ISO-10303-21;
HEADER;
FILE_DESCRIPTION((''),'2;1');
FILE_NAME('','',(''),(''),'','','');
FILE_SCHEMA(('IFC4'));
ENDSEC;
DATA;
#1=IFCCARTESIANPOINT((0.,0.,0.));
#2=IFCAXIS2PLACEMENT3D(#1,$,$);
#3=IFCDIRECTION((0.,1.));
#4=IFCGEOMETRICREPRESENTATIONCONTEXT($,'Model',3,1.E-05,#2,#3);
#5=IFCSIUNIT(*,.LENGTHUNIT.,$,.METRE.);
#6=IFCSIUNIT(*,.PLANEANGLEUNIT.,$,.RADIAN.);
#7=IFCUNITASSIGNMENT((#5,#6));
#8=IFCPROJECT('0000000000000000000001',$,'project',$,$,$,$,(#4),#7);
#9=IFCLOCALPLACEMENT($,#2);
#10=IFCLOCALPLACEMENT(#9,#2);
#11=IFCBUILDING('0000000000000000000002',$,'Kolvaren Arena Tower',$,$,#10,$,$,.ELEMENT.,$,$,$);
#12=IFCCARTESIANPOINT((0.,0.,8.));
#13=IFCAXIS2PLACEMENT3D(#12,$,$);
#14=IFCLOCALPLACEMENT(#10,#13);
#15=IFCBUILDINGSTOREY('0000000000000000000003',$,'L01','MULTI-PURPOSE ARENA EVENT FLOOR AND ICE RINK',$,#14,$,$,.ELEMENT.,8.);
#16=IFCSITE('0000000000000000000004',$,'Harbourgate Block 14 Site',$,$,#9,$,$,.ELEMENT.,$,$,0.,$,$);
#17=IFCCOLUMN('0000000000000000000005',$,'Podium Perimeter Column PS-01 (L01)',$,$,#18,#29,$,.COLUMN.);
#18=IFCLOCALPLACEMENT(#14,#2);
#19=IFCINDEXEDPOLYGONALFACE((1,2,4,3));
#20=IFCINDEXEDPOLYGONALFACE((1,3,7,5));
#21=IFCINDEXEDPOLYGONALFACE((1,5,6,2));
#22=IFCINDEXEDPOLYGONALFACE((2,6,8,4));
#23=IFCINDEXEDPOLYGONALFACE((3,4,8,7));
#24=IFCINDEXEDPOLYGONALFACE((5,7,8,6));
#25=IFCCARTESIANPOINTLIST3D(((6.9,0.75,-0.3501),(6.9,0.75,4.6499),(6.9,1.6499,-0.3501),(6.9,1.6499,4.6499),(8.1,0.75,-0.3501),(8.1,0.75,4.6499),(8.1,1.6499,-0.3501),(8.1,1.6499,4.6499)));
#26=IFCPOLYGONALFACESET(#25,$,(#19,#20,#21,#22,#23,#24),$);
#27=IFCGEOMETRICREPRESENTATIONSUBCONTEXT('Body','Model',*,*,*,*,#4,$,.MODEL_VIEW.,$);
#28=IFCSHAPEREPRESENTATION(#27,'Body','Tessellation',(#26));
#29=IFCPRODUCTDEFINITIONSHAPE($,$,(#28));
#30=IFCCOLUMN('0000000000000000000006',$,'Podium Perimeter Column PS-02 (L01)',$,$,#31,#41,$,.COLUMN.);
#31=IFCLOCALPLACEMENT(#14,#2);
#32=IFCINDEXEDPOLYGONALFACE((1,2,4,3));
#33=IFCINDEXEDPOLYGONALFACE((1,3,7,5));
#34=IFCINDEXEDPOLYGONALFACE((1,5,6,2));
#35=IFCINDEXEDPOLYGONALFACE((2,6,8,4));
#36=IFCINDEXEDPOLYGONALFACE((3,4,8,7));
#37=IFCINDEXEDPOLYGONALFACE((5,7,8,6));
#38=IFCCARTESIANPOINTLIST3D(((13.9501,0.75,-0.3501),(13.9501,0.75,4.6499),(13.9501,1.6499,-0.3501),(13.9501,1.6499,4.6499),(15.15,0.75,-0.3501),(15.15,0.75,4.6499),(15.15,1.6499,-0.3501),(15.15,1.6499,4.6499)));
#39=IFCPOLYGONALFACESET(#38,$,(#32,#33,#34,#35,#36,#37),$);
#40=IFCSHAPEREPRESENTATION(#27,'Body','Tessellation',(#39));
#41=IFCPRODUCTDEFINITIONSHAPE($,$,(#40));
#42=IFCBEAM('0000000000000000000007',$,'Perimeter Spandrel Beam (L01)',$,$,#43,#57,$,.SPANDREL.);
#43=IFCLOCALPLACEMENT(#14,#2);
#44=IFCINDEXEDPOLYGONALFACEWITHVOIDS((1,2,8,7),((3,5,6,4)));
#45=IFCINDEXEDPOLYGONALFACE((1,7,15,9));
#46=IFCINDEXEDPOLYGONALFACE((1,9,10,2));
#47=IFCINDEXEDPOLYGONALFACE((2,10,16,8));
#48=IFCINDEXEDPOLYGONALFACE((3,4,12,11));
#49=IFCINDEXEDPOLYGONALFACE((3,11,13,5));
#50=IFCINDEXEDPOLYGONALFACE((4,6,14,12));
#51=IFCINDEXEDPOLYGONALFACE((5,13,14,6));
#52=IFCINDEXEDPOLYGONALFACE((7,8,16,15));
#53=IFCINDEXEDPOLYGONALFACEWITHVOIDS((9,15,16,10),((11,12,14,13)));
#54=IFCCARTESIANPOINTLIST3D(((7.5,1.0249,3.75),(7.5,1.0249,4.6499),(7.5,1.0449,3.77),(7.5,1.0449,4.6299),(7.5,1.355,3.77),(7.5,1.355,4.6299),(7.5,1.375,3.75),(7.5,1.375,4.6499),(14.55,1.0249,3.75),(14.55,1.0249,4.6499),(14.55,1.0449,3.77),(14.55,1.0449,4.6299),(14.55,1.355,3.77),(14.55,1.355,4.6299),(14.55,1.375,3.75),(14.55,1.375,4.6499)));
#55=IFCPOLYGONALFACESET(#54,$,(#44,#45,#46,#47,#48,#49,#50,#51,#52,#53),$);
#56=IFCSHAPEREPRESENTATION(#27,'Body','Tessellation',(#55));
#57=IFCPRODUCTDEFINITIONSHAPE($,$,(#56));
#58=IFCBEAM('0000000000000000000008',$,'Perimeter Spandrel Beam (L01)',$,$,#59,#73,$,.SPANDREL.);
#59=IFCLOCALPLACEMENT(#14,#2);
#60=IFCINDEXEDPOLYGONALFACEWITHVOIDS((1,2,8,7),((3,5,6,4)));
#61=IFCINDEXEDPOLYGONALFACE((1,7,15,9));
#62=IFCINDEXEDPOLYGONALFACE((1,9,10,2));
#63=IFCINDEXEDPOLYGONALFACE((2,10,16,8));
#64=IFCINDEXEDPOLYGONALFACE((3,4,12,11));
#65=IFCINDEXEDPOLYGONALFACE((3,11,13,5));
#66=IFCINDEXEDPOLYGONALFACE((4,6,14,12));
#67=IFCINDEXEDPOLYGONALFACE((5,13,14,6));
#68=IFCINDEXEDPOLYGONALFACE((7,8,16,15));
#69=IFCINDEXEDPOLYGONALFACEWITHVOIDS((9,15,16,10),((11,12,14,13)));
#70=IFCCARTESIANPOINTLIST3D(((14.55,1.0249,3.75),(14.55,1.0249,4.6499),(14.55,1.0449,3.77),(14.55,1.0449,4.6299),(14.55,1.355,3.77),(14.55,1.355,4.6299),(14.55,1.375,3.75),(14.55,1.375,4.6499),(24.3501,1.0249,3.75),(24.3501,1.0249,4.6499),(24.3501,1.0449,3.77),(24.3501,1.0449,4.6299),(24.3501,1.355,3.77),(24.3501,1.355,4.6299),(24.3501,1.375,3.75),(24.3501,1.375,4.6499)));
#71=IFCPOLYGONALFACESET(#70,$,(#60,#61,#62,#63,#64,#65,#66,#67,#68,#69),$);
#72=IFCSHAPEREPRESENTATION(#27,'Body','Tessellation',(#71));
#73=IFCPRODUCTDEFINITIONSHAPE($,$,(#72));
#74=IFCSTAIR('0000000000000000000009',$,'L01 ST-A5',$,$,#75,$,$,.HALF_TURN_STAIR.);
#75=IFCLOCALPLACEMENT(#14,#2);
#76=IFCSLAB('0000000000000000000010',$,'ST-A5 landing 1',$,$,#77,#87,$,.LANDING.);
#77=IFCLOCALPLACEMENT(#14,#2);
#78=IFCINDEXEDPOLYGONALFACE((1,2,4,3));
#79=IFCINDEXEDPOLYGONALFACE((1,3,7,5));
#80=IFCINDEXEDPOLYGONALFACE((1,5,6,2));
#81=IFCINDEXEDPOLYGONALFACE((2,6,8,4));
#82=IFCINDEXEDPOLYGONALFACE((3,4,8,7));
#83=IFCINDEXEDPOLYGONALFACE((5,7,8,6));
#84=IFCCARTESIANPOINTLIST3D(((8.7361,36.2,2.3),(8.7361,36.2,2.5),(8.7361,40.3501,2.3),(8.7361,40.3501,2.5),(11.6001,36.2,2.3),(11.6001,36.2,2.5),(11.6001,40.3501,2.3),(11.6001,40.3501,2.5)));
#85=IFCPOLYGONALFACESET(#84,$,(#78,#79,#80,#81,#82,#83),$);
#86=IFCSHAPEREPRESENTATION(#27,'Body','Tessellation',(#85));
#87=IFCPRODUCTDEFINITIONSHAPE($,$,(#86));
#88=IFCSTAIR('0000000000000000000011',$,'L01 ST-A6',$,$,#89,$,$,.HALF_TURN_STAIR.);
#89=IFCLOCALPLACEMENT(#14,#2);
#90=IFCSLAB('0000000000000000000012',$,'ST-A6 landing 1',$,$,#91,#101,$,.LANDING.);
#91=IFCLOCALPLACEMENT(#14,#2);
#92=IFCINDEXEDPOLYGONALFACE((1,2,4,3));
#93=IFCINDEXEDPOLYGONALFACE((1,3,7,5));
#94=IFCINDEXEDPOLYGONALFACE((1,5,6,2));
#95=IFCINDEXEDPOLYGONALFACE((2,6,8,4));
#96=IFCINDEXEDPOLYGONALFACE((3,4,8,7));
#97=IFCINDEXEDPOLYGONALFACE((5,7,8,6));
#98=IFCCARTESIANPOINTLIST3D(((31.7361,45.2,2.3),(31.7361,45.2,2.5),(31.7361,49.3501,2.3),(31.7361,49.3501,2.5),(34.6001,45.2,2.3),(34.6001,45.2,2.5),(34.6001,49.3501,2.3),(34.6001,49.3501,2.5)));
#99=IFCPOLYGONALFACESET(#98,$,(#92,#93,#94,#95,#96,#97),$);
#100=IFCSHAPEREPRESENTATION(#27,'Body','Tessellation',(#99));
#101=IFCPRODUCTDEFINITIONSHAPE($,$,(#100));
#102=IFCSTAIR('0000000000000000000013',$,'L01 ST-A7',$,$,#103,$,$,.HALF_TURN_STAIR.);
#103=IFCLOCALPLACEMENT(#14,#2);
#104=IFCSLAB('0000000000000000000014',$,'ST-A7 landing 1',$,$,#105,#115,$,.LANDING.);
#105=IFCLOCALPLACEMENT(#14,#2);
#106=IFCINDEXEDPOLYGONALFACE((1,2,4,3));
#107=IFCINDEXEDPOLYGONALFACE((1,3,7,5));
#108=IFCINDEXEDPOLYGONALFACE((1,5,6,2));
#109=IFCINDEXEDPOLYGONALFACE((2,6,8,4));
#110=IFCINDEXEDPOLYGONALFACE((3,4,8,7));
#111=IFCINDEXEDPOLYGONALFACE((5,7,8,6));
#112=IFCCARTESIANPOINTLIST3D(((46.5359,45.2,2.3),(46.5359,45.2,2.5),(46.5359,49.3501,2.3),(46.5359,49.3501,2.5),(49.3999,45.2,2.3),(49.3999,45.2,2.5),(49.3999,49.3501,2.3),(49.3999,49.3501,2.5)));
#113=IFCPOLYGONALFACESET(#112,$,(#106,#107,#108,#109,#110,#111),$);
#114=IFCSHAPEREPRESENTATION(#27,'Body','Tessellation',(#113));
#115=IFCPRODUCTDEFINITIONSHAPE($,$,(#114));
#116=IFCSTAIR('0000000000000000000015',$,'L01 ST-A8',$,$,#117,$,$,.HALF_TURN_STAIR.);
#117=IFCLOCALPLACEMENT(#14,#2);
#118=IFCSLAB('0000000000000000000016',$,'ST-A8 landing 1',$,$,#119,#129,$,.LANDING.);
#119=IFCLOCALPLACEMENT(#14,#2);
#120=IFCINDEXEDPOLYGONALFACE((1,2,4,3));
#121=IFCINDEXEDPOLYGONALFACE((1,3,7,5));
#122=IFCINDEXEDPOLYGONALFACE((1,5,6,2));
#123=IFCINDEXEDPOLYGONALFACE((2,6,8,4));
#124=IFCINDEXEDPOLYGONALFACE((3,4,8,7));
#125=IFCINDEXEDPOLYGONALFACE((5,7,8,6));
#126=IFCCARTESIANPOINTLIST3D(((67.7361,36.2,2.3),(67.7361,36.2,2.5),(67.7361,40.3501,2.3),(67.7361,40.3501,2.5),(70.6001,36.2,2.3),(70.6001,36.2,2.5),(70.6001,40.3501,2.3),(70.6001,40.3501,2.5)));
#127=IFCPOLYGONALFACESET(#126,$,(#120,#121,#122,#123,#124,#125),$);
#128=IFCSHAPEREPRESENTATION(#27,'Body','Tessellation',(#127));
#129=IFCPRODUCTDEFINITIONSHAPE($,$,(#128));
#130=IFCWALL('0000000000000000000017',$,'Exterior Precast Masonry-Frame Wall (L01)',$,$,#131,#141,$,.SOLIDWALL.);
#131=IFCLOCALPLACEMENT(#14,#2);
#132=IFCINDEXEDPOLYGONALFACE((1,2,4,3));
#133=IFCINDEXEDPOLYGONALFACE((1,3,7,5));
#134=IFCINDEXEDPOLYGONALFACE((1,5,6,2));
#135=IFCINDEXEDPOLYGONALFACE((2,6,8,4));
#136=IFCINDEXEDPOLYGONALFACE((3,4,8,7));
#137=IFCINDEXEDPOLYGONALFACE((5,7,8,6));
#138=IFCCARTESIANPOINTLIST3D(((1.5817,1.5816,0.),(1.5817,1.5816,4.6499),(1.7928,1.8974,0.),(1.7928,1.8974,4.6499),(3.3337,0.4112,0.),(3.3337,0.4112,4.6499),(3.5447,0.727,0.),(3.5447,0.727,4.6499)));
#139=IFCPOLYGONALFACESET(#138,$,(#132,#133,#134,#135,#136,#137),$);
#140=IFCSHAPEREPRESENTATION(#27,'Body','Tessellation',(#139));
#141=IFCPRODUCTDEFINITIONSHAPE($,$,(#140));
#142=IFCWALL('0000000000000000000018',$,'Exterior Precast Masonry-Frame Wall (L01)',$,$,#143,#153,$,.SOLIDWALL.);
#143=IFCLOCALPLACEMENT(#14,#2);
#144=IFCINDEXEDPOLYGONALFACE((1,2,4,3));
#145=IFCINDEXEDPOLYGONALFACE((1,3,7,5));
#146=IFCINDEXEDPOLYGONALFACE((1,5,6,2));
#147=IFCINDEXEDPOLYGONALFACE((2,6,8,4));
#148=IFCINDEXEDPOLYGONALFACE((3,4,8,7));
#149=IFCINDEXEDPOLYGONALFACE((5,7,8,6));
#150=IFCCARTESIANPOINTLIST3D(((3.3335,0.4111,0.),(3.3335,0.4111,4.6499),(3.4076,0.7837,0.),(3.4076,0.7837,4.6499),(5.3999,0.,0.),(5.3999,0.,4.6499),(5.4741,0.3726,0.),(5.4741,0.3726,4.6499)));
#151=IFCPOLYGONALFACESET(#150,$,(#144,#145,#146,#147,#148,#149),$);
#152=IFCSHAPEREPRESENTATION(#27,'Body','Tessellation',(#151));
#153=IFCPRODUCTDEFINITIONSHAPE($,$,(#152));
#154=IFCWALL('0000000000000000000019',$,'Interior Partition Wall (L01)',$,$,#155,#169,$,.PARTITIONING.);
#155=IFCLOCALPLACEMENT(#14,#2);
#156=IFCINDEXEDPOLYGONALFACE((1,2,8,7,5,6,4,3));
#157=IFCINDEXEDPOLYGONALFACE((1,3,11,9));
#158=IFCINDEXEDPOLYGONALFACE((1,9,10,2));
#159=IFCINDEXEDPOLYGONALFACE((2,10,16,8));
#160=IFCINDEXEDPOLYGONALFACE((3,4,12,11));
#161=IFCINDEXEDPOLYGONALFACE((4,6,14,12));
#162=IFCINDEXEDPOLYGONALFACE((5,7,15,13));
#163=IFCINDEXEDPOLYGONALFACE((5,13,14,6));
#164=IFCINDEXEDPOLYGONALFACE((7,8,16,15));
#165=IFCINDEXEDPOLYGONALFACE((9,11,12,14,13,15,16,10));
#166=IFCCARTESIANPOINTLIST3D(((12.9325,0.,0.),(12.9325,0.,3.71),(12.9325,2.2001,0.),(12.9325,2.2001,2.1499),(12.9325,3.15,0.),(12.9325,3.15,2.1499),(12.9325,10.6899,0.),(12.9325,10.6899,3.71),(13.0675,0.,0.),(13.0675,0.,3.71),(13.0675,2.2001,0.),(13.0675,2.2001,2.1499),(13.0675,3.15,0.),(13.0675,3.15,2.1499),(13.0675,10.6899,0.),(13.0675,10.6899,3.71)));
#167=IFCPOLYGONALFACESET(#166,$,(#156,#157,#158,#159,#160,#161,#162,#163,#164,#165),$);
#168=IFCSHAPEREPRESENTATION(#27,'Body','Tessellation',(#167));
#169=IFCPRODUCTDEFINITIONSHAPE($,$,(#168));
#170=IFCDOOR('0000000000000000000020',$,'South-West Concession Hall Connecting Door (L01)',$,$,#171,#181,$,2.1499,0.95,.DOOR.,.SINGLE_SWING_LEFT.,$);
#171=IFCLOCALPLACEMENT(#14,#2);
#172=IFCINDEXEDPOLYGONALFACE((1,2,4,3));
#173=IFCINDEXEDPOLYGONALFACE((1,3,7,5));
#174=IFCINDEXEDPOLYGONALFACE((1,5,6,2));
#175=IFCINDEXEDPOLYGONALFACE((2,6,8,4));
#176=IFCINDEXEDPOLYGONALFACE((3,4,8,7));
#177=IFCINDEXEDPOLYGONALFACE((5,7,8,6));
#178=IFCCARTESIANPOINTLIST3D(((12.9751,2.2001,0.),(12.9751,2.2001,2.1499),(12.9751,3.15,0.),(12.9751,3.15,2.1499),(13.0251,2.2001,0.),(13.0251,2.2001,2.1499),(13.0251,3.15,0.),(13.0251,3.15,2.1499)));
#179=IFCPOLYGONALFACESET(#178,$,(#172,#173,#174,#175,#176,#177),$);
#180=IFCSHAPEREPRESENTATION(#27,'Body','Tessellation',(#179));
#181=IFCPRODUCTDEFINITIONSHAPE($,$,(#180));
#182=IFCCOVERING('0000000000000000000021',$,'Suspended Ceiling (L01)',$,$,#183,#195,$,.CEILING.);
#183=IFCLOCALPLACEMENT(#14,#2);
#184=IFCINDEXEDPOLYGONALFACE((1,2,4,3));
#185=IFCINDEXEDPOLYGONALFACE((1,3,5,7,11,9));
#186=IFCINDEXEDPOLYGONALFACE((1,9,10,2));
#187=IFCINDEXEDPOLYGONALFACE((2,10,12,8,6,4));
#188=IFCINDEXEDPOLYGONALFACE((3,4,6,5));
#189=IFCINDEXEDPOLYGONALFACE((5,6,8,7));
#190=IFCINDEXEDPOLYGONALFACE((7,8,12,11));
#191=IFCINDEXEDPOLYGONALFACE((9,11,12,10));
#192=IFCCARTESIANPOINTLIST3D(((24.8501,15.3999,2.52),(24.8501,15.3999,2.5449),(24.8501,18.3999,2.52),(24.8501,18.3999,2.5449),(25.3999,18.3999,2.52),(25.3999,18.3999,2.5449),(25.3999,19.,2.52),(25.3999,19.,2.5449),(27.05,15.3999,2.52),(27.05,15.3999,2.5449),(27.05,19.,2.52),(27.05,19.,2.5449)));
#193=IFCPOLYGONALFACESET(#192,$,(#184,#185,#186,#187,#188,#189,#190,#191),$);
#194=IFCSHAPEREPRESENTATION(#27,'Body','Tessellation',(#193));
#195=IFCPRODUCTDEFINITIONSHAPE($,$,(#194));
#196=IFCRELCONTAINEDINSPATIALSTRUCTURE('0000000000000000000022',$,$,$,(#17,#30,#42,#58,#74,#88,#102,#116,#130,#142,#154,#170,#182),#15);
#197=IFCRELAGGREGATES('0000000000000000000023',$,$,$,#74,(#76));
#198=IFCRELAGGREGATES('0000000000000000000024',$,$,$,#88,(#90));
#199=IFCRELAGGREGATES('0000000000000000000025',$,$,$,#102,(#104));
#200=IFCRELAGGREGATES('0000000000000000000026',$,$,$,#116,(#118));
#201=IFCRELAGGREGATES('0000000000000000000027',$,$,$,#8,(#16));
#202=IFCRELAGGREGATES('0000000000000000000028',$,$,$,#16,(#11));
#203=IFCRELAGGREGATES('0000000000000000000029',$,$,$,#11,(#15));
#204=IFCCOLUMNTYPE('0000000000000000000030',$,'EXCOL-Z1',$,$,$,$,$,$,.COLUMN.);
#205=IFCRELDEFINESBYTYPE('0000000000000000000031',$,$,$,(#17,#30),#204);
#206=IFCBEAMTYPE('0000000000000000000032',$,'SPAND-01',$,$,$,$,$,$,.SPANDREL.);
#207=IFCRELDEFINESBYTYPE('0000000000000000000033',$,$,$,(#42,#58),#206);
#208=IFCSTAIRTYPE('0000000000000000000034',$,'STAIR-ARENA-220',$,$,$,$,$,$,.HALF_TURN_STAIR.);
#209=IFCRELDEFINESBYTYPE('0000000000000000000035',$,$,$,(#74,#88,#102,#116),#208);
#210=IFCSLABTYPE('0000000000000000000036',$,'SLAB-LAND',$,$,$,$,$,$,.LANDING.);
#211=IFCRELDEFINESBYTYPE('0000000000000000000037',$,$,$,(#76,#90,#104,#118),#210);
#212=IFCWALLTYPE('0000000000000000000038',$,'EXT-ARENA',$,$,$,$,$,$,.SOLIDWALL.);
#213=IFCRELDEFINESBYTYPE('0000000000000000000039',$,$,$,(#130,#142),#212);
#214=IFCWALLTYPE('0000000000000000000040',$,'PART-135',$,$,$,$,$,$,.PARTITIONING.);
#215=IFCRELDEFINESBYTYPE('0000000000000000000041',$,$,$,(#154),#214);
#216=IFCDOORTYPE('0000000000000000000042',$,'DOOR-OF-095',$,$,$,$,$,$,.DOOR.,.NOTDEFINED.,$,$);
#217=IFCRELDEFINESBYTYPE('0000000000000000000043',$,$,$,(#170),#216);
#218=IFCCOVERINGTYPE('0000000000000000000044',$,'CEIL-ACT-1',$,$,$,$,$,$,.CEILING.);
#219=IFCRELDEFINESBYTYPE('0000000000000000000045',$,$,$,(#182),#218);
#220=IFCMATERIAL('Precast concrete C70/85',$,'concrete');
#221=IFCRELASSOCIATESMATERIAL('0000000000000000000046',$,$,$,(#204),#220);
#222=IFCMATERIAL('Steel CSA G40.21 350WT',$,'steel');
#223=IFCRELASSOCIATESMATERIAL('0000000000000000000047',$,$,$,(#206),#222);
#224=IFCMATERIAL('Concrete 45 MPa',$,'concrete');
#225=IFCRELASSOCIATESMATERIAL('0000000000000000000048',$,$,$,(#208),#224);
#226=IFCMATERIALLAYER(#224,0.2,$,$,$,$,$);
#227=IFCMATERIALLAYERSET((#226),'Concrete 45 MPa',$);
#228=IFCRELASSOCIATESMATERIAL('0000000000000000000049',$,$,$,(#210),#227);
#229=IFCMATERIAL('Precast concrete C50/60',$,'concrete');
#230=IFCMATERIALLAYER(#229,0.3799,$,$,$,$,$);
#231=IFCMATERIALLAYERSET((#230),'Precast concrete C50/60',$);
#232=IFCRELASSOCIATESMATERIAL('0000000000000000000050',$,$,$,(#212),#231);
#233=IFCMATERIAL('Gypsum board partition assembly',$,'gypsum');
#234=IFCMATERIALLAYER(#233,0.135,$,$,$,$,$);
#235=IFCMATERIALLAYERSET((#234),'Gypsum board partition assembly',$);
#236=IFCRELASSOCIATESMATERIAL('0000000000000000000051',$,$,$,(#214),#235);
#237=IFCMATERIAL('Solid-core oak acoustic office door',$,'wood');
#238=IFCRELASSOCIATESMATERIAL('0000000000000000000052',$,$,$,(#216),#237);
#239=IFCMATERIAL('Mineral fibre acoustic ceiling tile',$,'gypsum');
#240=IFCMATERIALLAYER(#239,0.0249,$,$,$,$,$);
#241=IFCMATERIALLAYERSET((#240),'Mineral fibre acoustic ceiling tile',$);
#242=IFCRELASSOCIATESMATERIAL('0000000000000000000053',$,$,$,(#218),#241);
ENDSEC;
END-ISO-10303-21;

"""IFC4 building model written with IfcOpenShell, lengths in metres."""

from ifc_helpers import new_model, si_unit, direction, frame, frame_2d, origin, origin_2d, place, context, subcontext, project, spatial, polyline, rectangle, hollow_rectangle, outline, extrude, material, layer, layer_set, material_profile, profile_set, type_object, element, fill, aggregate, save


model = new_model("IFC4")

# Units and contexts
model_context = context("Model", 3, precision=1e-05, world=origin(), true_north=direction((0.0, 1.0)))
body_context = subcontext(model_context, "Body", "Model", "MODEL_VIEW")
ifc_project = project(units=[si_unit("LENGTHUNIT", "METRE"), si_unit("PLANEANGLEUNIT", "RADIAN")], contexts=[model_context])

# Site, building, storey
site_placement = place(None, origin())
site = spatial("IfcSite", under=ifc_project, at=site_placement, Name="Harbourgate Block 14 Site", CompositionType="ELEMENT", RefElevation=0.0)
building_placement = place(site_placement, origin())
building = spatial("IfcBuilding", under=site, at=building_placement, Name="Kolvaren Arena Tower", CompositionType="ELEMENT")
storey_placement = place(building_placement, frame((0.0, 0.0, 8.0)))
storey = spatial("IfcBuildingStorey", under=building, at=storey_placement, Name="L01", Description="MULTI-PURPOSE ARENA EVENT FLOOR AND ICE RINK", CompositionType="ELEMENT", Elevation=8.0)

# Columns
ifc_material_1 = material(Name="Precast concrete C70/85", Category="concrete")
ifc_material_profile_1 = material_profile(ifc_material_1, rectangle(XDim=1.2, YDim=0.8999, at=origin_2d()), Name="RC-1200x900")
ifc_profile_set_1 = profile_set([ifc_material_profile_1], Name="Precast concrete C70/85")
column_type = type_object("IfcColumnType", Name="EXCOL-Z1", PredefinedType="COLUMN", material=ifc_profile_set_1)
for number, where, z_axis, x_axis, name in (
    (1, (7.5, 1.2, -0.3501), (0.0, 0.0, 1.0), (1.0, 0.0, 0.0), "Podium Perimeter Column PS-01 (L01)"),
    (2, (14.55, 1.2, -0.3501), (0.0, 0.0, 1.0), (1.0, 0.0, 0.0), "Podium Perimeter Column PS-02 (L01)"),
):
    element("IfcColumn", number, at=place(storey_placement, frame(where, z_axis=z_axis, x_axis=x_axis)), inside=storey, type_object=column_type, Name=name, PredefinedType="COLUMN", context=body_context, shape_type="SweptSolid", body=[
        extrude(rectangle(XDim=1.2, YDim=0.8999, at=origin_2d()), origin(), (0.0, 0.0, 1.0), 5.0),
    ])

# Beams
ifc_material_2 = material(Name="Steel CSA G40.21 350WT", Category="steel")
ifc_material_profile_2 = material_profile(ifc_material_2, hollow_rectangle(XDim=0.3501, YDim=0.8999, WallThickness=0.02, at=origin_2d()), Name="HSS 900x350x20")
ifc_profile_set_2 = profile_set([ifc_material_profile_2], Name="Steel CSA G40.21 350WT")
beam_type = type_object("IfcBeamType", Name="SPAND-01", PredefinedType="SPANDREL", material=ifc_profile_set_2)
beam_1_placement = place(storey_placement, frame((7.5, 1.2, 4.2), z_axis=(1.0, 0.0, 0.0), x_axis=(0.0, 1.0, 0.0)))
element("IfcBeam", 3, at=beam_1_placement, inside=storey, type_object=beam_type, Name="Perimeter Spandrel Beam (L01)", PredefinedType="SPANDREL", context=body_context, shape_type="SweptSolid", body=[
    extrude(hollow_rectangle(XDim=0.3501, YDim=0.8999, WallThickness=0.02, at=origin_2d()), origin(), (0.0, 0.0, 1.0), 7.05),
])
beam_2_placement = place(storey_placement, frame((14.55, 1.2, 4.2), z_axis=(1.0, 0.0, 0.0), x_axis=(0.0, 1.0, 0.0)))
element("IfcBeam", 4, at=beam_2_placement, inside=storey, type_object=beam_type, Name="Perimeter Spandrel Beam (L01)", PredefinedType="SPANDREL", context=body_context, shape_type="SweptSolid", body=[
    extrude(hollow_rectangle(XDim=0.3501, YDim=0.8999, WallThickness=0.02, at=origin_2d()), origin(), (0.0, 0.0, 1.0), 9.8),
])

# Stairs, slabs
ifc_material_3 = material(Name="Concrete 45 MPa", Category="concrete")
stair_type = type_object("IfcStairType", Name="STAIR-ARENA-220", PredefinedType="HALF_TURN_STAIR", material=ifc_material_3)
stair_1_placement = place(storey_placement, origin())
stair_1 = element("IfcStair", 5, at=stair_1_placement, inside=storey, type_object=stair_type, Name="L01 ST-A5", PredefinedType="HALF_TURN_STAIR")
ifc_layer_1 = layer(ifc_material_3, 0.2)
ifc_layer_set_1 = layer_set([ifc_layer_1], Name="Concrete 45 MPa")
slab_type = type_object("IfcSlabType", Name="SLAB-LAND", PredefinedType="LANDING", material=ifc_layer_set_1)
slab_1_placement = place(storey_placement, frame((0.0, 0.0, 2.3)))
slab_1 = element("IfcSlab", 6, at=slab_1_placement, type_object=slab_type, Name="ST-A5 landing 1", PredefinedType="LANDING", context=body_context, shape_type="SweptSolid", body=[
    extrude(outline(polyline([(8.7361, 36.2), (11.6001, 36.2), (11.6001, 40.3501), (8.7361, 40.3501), (8.7361, 36.2)])), origin(), (0.0, 0.0, 1.0), 0.2),
])
aggregate(stair_1, [slab_1])
stair_2_placement = place(storey_placement, origin())
stair_2 = element("IfcStair", 7, at=stair_2_placement, inside=storey, type_object=stair_type, Name="L01 ST-A6", PredefinedType="HALF_TURN_STAIR")
slab_2_placement = place(storey_placement, frame((0.0, 0.0, 2.3)))
slab_2 = element("IfcSlab", 8, at=slab_2_placement, type_object=slab_type, Name="ST-A6 landing 1", PredefinedType="LANDING", context=body_context, shape_type="SweptSolid", body=[
    extrude(outline(polyline([(31.7361, 45.2), (34.6001, 45.2), (34.6001, 49.3501), (31.7361, 49.3501), (31.7361, 45.2)])), origin(), (0.0, 0.0, 1.0), 0.2),
])
aggregate(stair_2, [slab_2])
stair_3_placement = place(storey_placement, origin())
stair_3 = element("IfcStair", 9, at=stair_3_placement, inside=storey, type_object=stair_type, Name="L01 ST-A7", PredefinedType="HALF_TURN_STAIR")
slab_3_placement = place(storey_placement, frame((0.0, 0.0, 2.3)))
slab_3 = element("IfcSlab", 10, at=slab_3_placement, type_object=slab_type, Name="ST-A7 landing 1", PredefinedType="LANDING", context=body_context, shape_type="SweptSolid", body=[
    extrude(outline(polyline([(46.5359, 45.2), (49.3999, 45.2), (49.3999, 49.3501), (46.5359, 49.3501), (46.5359, 45.2)])), origin(), (0.0, 0.0, 1.0), 0.2),
])
aggregate(stair_3, [slab_3])
stair_4_placement = place(storey_placement, origin())
stair_4 = element("IfcStair", 11, at=stair_4_placement, inside=storey, type_object=stair_type, Name="L01 ST-A8", PredefinedType="HALF_TURN_STAIR")
slab_4_placement = place(storey_placement, frame((0.0, 0.0, 2.3)))
slab_4 = element("IfcSlab", 12, at=slab_4_placement, type_object=slab_type, Name="ST-A8 landing 1", PredefinedType="LANDING", context=body_context, shape_type="SweptSolid", body=[
    extrude(outline(polyline([(67.7361, 36.2), (70.6001, 36.2), (70.6001, 40.3501), (67.7361, 40.3501), (67.7361, 36.2)])), origin(), (0.0, 0.0, 1.0), 0.2),
])
aggregate(stair_4, [slab_4])

# Walls
ifc_material_4 = material(Name="Precast concrete C50/60", Category="concrete")
ifc_layer_2 = layer(ifc_material_4, 0.3799)
ifc_layer_set_2 = layer_set([ifc_layer_2], Name="Precast concrete C50/60")
wall_type_1 = type_object("IfcWallType", Name="EXT-ARENA", PredefinedType="SOLIDWALL", material=ifc_layer_set_2)
for number, where, z_axis, x_axis, name in (
    (13, (3.4392, 0.5691, 0.0), (0.0, 0.0, 1.0), (-0.831515, 0.555502, 0.0), "Exterior Precast Masonry-Frame Wall (L01)"),
    (14, (5.437, 0.1863, 0.0), (0.0, 0.0, 1.0), (-0.980776, 0.195136, 0.0), "Exterior Precast Masonry-Frame Wall (L01)"),
):
    element("IfcWall", number, at=place(storey_placement, frame(where, z_axis=z_axis, x_axis=x_axis)), inside=storey, type_object=wall_type_1, Name=name, PredefinedType="SOLIDWALL", context=body_context, shape_type="SweptSolid", body=[
        extrude(rectangle(XDim=2.1069, YDim=0.3799, at=frame_2d((1.0535, 0.0))), origin(), (0.0, 0.0, 1.0), 4.6499),
    ])

# Wall, opening, door
ifc_material_5 = material(Name="Gypsum board partition assembly", Category="gypsum")
ifc_layer_3 = layer(ifc_material_5, 0.135)
ifc_layer_set_3 = layer_set([ifc_layer_3], Name="Gypsum board partition assembly")
wall_type_2 = type_object("IfcWallType", Name="PART-135", PredefinedType="PARTITIONING", material=ifc_layer_set_3)
wall_placement = place(storey_placement, frame((13.0, 0.0, 0.0), z_axis=(0.0, 0.0, 1.0), x_axis=(0.0, 1.0, 0.0)))
wall = element("IfcWall", 15, at=wall_placement, inside=storey, type_object=wall_type_2, Name="Interior Partition Wall (L01)", PredefinedType="PARTITIONING", context=body_context, shape_type="SweptSolid", body=[
    extrude(rectangle(XDim=10.6899, YDim=0.135, at=frame_2d((5.345, 0.0))), origin(), (0.0, 0.0, 1.0), 3.71),
])
opening_placement = place(wall_placement, frame((2.2, 0.0, 0.0)))
opening = element("IfcOpeningElement", 16, at=opening_placement, cuts=wall, PredefinedType="OPENING", context=body_context, shape_type="SweptSolid", body=[
    extrude(rectangle(XDim=0.95, YDim=2.1499, at=frame_2d((0.4751, 1.075))), frame((0.0, 0.0774, 0.0), z_axis=(0.0, -1.0, 0.0), x_axis=(1.0, 0.0, 0.0)), (0.0, 0.0, 1.0), 0.155),
])
ifc_material_6 = material(Name="Solid-core oak acoustic office door", Category="wood")
door_type = type_object("IfcDoorType", Name="DOOR-OF-095", OperationType="NOTDEFINED", PredefinedType="DOOR", material=ifc_material_6)
door_placement = place(opening_placement, origin())
door = element("IfcDoor", 17, at=door_placement, inside=storey, type_object=door_type, Name="South-West Concession Hall Connecting Door (L01)", OperationType="SINGLE_SWING_LEFT", OverallHeight=2.1499, OverallWidth=0.95, PredefinedType="DOOR", context=body_context, shape_type="SweptSolid", body=[
    extrude(rectangle(XDim=0.95, YDim=2.1499, at=frame_2d((0.4751, 1.075))), frame((0.0, 0.0249, 0.0), z_axis=(0.0, -1.0, 0.0), x_axis=(1.0, 0.0, 0.0)), (0.0, 0.0, 1.0), 0.05),
])
fill(opening, door)

# Covering
ifc_material_7 = material(Name="Mineral fibre acoustic ceiling tile", Category="gypsum")
ifc_layer_4 = layer(ifc_material_7, 0.0249)
ifc_layer_set_4 = layer_set([ifc_layer_4], Name="Mineral fibre acoustic ceiling tile")
covering_type_1 = type_object("IfcCoveringType", Name="CEIL-ACT-1", PredefinedType="CEILING", material=ifc_layer_set_4)
covering_1_placement = place(storey_placement, frame((0.0, 0.0, 2.52)))
element("IfcCovering", 18, at=covering_1_placement, inside=storey, type_object=covering_type_1, Name="Suspended Ceiling (L01)", PredefinedType="CEILING", context=body_context, shape_type="SweptSolid", body=[
    extrude(outline(polyline([(27.05, 19.0), (27.05, 15.3999), (24.8501, 15.3999), (24.8501, 18.3999), (25.3999, 18.3999), (25.3999, 19.0), (27.05, 19.0)])), origin(), (0.0, 0.0, 1.0), 0.0249),
])

save(model, "model.ifc")
